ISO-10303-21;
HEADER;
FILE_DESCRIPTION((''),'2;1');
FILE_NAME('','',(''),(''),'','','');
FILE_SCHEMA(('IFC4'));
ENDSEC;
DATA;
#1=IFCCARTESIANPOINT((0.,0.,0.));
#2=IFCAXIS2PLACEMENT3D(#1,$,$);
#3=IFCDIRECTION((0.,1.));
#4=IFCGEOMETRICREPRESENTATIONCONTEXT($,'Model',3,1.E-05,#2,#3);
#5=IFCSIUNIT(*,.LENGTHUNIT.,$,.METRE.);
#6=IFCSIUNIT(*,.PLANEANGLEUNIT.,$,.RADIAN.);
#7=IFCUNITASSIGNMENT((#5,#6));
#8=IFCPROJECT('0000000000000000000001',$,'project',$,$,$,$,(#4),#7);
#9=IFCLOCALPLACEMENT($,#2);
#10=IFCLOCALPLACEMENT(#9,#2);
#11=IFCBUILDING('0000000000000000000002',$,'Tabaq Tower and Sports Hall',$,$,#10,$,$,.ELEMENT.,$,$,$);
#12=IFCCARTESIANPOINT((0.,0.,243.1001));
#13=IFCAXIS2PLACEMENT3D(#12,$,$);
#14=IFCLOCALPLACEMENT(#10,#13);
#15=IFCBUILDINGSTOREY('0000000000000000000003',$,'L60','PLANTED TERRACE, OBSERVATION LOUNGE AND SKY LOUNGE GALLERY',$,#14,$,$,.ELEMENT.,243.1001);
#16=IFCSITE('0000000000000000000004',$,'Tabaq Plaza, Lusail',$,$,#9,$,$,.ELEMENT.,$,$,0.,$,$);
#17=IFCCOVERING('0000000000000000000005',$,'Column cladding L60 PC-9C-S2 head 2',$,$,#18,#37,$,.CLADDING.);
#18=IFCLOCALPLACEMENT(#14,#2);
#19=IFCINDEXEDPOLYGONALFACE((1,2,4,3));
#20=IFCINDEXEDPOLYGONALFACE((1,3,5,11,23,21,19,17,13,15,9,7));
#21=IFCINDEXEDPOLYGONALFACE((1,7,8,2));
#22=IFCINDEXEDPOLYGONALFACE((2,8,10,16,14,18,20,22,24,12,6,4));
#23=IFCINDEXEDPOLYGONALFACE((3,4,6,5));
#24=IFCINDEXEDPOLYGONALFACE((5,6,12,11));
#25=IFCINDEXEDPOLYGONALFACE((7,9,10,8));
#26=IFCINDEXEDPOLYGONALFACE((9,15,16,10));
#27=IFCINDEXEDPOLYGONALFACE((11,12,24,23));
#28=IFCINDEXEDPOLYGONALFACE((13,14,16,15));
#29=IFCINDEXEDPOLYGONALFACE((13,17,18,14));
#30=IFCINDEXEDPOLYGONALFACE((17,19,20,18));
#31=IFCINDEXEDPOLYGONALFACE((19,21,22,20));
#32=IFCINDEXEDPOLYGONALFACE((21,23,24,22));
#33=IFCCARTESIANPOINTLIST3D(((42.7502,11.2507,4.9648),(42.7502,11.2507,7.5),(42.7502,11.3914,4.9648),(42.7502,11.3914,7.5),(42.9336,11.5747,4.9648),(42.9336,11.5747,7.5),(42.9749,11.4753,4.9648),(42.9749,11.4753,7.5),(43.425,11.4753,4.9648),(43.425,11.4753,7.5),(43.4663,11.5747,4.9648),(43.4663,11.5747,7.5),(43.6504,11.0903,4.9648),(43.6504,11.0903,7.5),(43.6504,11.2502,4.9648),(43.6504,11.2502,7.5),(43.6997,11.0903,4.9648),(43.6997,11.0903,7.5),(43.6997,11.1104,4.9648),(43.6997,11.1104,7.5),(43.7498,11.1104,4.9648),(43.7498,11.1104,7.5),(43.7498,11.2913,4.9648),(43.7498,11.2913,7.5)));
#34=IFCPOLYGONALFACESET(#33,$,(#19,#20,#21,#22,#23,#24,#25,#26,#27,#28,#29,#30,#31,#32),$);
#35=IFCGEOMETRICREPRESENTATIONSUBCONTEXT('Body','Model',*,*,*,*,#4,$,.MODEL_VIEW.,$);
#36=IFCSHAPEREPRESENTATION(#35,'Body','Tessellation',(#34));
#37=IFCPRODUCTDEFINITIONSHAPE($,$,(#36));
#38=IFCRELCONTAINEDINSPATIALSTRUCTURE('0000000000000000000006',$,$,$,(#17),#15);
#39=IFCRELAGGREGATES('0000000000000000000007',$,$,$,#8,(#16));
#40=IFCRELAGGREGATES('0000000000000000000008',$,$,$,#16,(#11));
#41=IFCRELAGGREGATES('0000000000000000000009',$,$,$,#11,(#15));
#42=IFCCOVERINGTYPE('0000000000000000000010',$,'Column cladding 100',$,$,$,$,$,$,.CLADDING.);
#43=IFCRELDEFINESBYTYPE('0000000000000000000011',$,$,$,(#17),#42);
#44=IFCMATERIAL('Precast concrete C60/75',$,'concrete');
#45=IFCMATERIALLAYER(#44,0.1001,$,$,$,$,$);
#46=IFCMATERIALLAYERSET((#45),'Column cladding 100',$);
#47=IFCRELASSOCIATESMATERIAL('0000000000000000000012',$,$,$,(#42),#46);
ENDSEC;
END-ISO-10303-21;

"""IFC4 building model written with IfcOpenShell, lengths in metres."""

from ifc_helpers import new_model, si_unit, direction, frame, origin, place, context, subcontext, project, spatial, polyline, outline, extrude, material, layer, layer_set, type_object, element, save


model = new_model("IFC4")

# Units and contexts
model_context = context("Model", 3, precision=1e-05, world=origin(), true_north=direction((0.0, 1.0)))
body_context = subcontext(model_context, "Body", "Model", "MODEL_VIEW")
ifc_project = project(units=[si_unit("LENGTHUNIT", "METRE"), si_unit("PLANEANGLEUNIT", "RADIAN")], contexts=[model_context])

# Site, building, storey
site_placement = place(None, origin())
site = spatial("IfcSite", under=ifc_project, at=site_placement, Name="Tabaq Plaza, Lusail", CompositionType="ELEMENT", RefElevation=0.0)
building_placement = place(site_placement, origin())
building = spatial("IfcBuilding", under=site, at=building_placement, Name="Tabaq Tower and Sports Hall", CompositionType="ELEMENT")
storey_placement = place(building_placement, frame((0.0, 0.0, 243.1001)))
storey = spatial("IfcBuildingStorey", under=building, at=storey_placement, Name="L60", Description="PLANTED TERRACE, OBSERVATION LOUNGE AND SKY LOUNGE GALLERY", CompositionType="ELEMENT", Elevation=243.1001)

# Covering
ifc_material_1 = material(Name="Precast concrete C60/75", Category="concrete")
ifc_layer_1 = layer(ifc_material_1, 0.1001)
ifc_layer_set_1 = layer_set([ifc_layer_1], Name="Column cladding 100")
covering_type = type_object("IfcCoveringType", Name="Column cladding 100", PredefinedType="CLADDING", material=ifc_layer_set_1)
covering_1_placement = place(storey_placement, frame((0.0, 0.0, 4.9648)))
element("IfcCovering", 1, at=covering_1_placement, inside=storey, type_object=covering_type, Name="Column cladding L60 PC-9C-S2 head 2", PredefinedType="CLADDING", context=body_context, shape_type="SweptSolid", body=[
    extrude(outline(polyline([(43.4663, 11.5747), (43.7498, 11.2913), (43.7498, 11.1104), (43.6997, 11.1104), (43.6997, 11.0903), (43.6504, 11.0903), (43.6504, 11.2502), (43.425, 11.4753), (42.9749, 11.4753), (42.7502, 11.2507), (42.7502, 11.3914), (42.9336, 11.5747), (43.4663, 11.5747)])), origin(), (0.0, 0.0, 1.0), 2.5352),
])

save(model, "model.ifc")
